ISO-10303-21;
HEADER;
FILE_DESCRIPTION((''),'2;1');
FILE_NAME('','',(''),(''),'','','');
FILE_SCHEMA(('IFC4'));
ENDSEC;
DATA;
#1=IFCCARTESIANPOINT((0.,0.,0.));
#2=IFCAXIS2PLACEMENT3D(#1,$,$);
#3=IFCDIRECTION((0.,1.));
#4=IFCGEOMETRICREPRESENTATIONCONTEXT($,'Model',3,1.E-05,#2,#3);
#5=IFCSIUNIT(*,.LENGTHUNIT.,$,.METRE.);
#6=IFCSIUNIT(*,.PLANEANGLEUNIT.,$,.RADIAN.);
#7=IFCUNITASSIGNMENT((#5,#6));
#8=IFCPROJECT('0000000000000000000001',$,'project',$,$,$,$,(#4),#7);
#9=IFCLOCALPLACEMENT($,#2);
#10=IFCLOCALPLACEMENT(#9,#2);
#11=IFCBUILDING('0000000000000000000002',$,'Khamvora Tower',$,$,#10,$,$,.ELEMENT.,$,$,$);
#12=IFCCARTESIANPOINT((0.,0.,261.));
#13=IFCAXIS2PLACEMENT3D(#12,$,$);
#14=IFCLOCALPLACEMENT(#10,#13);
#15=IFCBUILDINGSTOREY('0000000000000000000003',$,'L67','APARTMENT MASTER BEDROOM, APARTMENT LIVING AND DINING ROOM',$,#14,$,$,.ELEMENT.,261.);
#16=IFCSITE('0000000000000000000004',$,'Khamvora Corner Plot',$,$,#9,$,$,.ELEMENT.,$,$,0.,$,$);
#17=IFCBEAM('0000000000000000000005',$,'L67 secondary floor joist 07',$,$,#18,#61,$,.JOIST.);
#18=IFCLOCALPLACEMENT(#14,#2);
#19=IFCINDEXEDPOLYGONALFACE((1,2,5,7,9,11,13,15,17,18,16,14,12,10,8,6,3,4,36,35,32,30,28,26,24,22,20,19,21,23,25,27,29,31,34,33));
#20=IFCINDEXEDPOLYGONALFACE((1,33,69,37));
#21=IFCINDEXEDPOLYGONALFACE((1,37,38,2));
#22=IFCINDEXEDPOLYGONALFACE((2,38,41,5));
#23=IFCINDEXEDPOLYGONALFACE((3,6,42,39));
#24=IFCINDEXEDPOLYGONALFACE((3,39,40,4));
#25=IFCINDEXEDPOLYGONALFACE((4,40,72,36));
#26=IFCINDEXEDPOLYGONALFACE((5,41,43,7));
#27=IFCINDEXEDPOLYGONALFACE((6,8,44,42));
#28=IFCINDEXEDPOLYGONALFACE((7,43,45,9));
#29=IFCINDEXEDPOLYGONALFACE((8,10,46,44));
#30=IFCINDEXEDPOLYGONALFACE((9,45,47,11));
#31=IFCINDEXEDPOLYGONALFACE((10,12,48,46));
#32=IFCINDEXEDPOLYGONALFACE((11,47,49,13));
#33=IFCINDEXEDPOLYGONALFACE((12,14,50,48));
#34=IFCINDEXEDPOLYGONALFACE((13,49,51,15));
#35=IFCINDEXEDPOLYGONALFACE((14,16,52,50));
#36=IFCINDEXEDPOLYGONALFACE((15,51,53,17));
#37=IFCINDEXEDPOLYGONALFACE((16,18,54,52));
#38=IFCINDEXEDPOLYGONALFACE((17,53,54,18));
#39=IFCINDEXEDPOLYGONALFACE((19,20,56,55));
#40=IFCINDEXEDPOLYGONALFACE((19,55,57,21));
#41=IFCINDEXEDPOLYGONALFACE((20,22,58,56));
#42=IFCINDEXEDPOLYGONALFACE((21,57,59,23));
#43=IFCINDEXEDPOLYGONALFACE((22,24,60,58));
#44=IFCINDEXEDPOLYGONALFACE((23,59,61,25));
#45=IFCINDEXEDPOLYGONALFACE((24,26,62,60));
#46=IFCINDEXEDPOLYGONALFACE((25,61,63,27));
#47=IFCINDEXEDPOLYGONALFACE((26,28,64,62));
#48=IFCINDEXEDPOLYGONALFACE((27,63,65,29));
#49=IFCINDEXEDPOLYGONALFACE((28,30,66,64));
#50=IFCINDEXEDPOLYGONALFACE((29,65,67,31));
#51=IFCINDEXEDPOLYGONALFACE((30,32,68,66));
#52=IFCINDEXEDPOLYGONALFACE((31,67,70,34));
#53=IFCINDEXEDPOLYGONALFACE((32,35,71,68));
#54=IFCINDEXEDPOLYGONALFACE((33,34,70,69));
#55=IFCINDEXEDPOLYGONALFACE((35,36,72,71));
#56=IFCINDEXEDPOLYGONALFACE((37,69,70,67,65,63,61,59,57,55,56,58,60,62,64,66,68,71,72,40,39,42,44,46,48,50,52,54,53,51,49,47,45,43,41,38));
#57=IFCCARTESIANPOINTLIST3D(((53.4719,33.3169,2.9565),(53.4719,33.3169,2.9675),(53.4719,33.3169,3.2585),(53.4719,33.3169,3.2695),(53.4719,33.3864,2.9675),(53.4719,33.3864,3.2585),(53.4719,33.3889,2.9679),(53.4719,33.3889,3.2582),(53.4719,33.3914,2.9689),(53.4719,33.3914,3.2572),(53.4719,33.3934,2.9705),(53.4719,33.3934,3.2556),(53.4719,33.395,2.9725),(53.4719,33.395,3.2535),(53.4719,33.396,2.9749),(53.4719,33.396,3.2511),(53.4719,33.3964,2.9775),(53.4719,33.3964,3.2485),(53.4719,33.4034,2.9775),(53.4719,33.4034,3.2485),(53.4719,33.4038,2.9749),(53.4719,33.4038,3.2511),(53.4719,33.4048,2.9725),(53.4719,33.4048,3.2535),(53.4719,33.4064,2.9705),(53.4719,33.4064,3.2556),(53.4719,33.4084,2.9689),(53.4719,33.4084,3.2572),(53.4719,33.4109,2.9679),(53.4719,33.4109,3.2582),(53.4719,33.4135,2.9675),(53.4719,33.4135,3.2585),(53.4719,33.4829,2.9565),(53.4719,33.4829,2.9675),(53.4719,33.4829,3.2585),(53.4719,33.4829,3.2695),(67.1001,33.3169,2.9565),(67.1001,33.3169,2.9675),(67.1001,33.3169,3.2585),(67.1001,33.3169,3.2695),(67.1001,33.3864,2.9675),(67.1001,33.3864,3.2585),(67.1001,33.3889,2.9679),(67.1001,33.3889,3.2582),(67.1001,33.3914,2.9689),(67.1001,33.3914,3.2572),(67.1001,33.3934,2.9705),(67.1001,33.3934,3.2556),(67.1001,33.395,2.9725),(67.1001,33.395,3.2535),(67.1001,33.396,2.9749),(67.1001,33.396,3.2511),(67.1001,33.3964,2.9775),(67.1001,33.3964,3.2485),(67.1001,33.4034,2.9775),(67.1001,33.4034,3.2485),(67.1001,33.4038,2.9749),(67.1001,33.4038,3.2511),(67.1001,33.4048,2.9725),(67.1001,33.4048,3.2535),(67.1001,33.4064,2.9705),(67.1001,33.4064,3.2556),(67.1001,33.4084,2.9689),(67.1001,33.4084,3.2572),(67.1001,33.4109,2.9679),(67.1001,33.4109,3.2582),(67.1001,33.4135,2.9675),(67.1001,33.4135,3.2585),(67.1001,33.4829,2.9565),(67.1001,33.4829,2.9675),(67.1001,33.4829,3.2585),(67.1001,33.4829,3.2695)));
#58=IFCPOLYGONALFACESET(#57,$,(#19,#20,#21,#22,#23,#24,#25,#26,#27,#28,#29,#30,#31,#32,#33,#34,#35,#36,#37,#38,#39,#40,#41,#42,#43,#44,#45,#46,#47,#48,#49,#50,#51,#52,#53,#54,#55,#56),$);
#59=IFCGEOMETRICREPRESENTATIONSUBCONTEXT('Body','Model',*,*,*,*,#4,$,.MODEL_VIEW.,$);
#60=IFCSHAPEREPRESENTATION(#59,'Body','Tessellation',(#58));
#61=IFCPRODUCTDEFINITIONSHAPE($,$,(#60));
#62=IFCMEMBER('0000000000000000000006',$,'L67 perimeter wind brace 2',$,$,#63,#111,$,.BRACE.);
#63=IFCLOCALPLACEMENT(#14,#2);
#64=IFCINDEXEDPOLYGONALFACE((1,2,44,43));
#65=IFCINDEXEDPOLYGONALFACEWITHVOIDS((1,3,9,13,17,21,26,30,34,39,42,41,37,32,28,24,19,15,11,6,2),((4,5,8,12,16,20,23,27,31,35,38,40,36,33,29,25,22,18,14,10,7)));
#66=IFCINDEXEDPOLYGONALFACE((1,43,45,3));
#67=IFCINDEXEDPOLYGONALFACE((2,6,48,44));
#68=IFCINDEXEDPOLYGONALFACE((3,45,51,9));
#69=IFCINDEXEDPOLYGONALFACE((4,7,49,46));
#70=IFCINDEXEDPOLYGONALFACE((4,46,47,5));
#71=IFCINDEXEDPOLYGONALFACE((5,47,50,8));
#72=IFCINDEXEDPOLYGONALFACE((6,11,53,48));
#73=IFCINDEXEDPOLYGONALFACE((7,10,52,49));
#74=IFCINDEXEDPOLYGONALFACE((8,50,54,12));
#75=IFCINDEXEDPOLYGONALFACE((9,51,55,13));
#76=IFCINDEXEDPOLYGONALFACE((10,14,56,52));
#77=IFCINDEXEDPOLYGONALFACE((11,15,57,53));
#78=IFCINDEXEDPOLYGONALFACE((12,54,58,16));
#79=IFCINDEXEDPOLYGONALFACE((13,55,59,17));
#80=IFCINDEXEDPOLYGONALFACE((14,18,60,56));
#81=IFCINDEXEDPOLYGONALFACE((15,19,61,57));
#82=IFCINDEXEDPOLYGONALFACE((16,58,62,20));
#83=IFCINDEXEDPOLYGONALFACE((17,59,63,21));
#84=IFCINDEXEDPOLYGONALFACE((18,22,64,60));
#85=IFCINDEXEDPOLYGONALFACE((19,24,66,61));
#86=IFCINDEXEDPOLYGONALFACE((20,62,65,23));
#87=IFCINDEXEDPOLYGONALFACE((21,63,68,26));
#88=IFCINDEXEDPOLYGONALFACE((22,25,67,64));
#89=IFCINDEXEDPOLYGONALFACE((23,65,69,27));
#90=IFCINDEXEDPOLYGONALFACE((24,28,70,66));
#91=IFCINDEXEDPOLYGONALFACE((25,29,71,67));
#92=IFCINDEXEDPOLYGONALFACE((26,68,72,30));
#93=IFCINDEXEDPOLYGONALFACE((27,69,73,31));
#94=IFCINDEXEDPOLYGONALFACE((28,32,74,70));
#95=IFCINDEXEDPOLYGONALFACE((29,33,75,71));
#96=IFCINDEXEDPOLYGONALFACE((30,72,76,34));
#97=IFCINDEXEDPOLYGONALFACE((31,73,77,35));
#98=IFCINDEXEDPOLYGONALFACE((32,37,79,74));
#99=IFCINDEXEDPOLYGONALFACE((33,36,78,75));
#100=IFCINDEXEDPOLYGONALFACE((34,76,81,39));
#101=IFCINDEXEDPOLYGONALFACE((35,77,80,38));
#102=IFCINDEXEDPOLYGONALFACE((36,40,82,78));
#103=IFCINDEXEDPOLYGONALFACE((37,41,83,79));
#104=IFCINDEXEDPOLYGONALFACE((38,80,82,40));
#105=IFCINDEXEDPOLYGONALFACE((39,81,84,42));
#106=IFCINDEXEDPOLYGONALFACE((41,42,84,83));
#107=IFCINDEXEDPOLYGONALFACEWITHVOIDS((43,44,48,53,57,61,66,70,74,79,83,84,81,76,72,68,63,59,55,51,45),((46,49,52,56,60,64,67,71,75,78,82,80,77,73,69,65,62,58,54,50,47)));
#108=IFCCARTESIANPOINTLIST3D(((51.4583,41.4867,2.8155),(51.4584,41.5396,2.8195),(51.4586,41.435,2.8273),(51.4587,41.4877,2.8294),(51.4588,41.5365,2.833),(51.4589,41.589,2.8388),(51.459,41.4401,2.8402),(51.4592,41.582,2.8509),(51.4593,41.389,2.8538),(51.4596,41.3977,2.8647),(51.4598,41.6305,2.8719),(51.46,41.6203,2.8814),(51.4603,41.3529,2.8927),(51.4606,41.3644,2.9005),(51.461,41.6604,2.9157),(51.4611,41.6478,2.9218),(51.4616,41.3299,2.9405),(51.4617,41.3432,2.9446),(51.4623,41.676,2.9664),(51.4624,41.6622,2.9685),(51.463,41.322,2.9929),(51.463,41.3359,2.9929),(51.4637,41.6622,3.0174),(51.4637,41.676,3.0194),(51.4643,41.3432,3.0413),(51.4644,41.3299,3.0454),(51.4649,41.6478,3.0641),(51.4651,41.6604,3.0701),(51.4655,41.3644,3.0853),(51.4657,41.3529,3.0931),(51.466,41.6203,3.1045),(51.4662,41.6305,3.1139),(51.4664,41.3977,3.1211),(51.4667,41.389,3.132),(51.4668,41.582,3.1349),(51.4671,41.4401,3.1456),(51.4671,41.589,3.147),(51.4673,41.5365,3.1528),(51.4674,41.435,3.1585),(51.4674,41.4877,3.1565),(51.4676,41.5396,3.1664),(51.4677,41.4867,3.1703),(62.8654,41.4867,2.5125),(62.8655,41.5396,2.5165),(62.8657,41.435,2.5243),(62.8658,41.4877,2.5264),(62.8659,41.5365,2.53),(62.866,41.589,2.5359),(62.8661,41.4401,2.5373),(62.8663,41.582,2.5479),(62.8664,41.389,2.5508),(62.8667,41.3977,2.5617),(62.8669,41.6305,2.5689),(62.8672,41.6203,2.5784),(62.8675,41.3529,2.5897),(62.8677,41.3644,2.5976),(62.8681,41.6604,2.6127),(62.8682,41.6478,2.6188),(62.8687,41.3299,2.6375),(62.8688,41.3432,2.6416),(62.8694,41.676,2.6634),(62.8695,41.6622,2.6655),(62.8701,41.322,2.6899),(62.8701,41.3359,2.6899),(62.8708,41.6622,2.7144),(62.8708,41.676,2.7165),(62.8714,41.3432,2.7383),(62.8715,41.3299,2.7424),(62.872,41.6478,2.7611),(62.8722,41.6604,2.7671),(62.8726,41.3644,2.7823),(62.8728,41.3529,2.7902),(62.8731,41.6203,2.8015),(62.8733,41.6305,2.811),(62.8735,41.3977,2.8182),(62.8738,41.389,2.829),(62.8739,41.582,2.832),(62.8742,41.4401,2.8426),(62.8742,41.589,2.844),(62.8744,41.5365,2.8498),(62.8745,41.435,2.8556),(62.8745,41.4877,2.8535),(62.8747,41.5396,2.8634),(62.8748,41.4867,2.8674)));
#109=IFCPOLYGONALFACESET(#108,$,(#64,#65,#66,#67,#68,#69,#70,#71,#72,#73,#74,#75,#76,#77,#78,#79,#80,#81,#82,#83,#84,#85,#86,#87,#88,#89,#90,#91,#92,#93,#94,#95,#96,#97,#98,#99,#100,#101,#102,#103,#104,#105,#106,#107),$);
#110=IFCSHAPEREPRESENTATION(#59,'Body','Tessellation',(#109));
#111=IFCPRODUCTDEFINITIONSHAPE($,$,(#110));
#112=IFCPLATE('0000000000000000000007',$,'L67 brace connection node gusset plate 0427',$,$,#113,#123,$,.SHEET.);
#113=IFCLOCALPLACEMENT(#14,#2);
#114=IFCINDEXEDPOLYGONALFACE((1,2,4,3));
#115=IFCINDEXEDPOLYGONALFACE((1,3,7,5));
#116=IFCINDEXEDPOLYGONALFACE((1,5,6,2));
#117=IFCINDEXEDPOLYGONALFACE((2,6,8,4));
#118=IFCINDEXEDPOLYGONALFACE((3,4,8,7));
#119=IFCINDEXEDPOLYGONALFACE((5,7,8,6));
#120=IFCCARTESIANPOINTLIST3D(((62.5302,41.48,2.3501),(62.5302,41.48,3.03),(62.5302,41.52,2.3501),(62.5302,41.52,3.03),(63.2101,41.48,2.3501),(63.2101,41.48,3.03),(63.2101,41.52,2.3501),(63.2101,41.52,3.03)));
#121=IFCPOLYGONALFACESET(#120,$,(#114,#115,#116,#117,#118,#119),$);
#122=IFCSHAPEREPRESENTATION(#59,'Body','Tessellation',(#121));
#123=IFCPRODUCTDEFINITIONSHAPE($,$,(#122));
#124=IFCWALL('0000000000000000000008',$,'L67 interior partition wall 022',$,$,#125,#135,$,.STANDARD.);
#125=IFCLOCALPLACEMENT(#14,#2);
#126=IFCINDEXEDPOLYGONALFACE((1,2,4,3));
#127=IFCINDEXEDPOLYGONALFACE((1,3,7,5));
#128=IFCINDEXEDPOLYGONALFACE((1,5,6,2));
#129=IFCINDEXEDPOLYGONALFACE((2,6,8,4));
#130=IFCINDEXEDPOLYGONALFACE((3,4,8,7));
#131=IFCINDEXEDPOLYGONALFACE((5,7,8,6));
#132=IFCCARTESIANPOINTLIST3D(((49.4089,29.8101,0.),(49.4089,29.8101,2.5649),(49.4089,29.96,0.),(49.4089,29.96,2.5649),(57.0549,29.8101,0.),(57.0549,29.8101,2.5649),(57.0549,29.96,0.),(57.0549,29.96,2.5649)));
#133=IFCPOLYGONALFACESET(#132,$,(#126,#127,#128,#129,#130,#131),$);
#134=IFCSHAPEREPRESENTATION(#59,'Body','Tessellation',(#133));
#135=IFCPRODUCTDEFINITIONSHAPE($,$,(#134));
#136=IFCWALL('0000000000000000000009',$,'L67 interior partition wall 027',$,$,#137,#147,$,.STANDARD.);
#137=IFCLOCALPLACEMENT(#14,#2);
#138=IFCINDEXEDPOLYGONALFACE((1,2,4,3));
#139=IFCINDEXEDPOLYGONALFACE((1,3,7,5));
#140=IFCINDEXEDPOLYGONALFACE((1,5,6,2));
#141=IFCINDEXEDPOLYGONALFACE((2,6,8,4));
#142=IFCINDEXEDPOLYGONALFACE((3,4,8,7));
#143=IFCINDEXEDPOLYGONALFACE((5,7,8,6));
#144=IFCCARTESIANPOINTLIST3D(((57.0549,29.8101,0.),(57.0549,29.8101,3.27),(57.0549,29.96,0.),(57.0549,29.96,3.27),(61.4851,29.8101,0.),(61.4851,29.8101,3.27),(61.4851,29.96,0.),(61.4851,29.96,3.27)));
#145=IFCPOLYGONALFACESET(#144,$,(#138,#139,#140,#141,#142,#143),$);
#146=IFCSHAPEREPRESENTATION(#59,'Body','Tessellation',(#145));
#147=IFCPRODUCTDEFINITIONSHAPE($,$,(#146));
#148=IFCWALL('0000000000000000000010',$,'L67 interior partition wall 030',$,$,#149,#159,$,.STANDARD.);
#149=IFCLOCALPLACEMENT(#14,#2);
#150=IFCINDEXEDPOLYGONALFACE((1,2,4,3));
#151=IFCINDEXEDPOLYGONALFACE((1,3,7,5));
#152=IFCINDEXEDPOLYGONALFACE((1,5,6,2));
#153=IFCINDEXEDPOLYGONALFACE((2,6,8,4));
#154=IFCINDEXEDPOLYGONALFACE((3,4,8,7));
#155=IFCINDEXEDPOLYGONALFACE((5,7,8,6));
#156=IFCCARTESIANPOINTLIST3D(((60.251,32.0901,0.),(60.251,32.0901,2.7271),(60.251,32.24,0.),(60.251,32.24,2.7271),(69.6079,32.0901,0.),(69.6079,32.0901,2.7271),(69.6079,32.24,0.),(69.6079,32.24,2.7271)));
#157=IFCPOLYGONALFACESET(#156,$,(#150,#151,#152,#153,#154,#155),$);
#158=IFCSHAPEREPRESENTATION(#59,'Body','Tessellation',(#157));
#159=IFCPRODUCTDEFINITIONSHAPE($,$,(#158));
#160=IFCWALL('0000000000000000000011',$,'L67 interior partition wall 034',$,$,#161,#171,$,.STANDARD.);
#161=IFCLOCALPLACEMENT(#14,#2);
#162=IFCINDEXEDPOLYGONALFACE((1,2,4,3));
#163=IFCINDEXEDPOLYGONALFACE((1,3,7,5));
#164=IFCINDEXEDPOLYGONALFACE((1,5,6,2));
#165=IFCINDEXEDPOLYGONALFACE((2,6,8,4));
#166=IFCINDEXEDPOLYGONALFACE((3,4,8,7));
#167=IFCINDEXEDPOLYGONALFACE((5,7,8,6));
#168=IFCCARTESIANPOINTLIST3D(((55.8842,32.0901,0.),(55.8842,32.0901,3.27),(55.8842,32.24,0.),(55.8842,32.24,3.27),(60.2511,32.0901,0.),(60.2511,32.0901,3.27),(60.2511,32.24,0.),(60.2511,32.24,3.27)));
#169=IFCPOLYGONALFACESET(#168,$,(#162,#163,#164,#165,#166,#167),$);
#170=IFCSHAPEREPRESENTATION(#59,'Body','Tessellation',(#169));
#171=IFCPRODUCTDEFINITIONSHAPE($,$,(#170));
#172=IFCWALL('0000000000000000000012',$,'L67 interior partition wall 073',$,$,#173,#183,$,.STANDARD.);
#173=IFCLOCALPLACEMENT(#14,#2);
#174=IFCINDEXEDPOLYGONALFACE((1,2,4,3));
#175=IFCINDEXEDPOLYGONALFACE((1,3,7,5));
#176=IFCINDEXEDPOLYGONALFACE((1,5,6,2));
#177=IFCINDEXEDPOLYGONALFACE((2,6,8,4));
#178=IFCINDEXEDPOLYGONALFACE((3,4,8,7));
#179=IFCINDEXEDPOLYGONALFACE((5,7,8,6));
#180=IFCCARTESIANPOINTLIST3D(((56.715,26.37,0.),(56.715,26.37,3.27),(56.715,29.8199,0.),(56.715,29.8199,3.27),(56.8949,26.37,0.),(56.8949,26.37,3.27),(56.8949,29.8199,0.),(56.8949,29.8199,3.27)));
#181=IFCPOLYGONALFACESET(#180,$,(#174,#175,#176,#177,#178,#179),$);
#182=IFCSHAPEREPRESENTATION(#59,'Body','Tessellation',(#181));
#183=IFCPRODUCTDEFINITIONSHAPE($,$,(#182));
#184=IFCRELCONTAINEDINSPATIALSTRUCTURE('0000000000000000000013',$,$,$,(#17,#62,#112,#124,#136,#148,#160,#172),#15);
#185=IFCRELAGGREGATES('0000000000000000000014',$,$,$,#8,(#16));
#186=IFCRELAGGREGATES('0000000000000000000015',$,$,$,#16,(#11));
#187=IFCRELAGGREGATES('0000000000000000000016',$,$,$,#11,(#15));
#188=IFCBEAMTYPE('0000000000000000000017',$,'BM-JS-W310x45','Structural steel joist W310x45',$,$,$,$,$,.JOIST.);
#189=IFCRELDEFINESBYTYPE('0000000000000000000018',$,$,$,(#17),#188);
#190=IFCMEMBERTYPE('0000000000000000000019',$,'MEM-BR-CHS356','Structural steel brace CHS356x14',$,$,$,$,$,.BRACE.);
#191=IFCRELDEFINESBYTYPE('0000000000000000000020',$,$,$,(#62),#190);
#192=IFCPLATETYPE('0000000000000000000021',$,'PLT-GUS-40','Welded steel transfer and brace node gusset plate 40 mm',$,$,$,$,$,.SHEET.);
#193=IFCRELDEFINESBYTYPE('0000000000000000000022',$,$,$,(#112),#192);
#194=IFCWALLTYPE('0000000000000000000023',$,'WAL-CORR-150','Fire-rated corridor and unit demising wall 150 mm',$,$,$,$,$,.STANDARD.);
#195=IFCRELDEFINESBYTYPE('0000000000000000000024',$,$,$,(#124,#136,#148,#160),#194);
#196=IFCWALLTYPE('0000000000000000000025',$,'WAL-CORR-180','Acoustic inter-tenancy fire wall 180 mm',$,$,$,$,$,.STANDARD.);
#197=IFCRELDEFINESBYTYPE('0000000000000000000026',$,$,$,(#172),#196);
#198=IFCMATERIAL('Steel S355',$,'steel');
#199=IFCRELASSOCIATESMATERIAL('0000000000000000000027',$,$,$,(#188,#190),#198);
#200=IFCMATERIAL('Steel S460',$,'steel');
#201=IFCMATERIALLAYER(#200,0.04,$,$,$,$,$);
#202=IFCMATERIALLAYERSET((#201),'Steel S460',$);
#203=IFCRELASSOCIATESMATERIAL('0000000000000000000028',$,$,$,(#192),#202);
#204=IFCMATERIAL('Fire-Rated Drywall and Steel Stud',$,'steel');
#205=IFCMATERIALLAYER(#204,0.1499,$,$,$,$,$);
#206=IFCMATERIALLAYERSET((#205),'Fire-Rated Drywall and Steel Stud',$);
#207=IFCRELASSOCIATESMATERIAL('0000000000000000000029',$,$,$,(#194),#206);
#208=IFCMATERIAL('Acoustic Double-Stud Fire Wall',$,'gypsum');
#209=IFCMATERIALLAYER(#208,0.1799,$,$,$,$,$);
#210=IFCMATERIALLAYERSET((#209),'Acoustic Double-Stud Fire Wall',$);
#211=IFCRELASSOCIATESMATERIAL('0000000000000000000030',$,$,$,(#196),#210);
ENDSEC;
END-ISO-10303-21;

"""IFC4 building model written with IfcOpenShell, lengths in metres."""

from ifc_helpers import new_model, si_unit, direction, frame, frame_2d, origin, origin_2d, place, context, subcontext, project, spatial, rectangle, hollow_circle, i_section, extrude, material, layer, layer_set, material_profile, profile_set, type_object, element, save


model = new_model("IFC4")

# Units and contexts
model_context = context("Model", 3, precision=1e-05, world=origin(), true_north=direction((0.0, 1.0)))
body_context = subcontext(model_context, "Body", "Model", "MODEL_VIEW")
ifc_project = project(units=[si_unit("LENGTHUNIT", "METRE"), si_unit("PLANEANGLEUNIT", "RADIAN")], contexts=[model_context])

# Site, building, storey
site_placement = place(None, origin())
site = spatial("IfcSite", under=ifc_project, at=site_placement, Name="Khamvora Corner Plot", CompositionType="ELEMENT", RefElevation=0.0)
building_placement = place(site_placement, origin())
building = spatial("IfcBuilding", under=site, at=building_placement, Name="Khamvora Tower", CompositionType="ELEMENT")
storey_placement = place(building_placement, frame((0.0, 0.0, 261.0)))
storey = spatial("IfcBuildingStorey", under=building, at=storey_placement, Name="L67", Description="APARTMENT MASTER BEDROOM, APARTMENT LIVING AND DINING ROOM", CompositionType="ELEMENT", Elevation=261.0)

# Beam
ifc_material_1 = material(Name="Steel S355", Category="steel")
ifc_material_profile_1 = material_profile(ifc_material_1, i_section(OverallWidth=0.166, OverallDepth=0.313, WebThickness=0.0071, FlangeThickness=0.011, FilletRadius=0.01, at=origin_2d()), Name="W310x45")
ifc_profile_set_1 = profile_set([ifc_material_profile_1], Name="Steel S355")
beam_type = type_object("IfcBeamType", Name="BM-JS-W310x45", Description="Structural steel joist W310x45", PredefinedType="JOIST", material=ifc_profile_set_1)
beam_placement = place(storey_placement, frame((53.4719, 33.3999, 3.113), z_axis=(1.0, 0.0, 0.0), x_axis=(0.0, 1.0, 0.0)))
element("IfcBeam", 1, at=beam_placement, inside=storey, type_object=beam_type, Name="L67 secondary floor joist 07", PredefinedType="JOIST", context=body_context, shape_type="SweptSolid", body=[
    extrude(i_section(OverallWidth=0.166, OverallDepth=0.313, WebThickness=0.0071, FlangeThickness=0.011, FilletRadius=0.01, at=origin_2d()), origin(), (0.0, 0.0, 1.0), 13.6282),
])

# Member
ifc_material_profile_2 = material_profile(ifc_material_1, hollow_circle(Radius=0.178, WallThickness=0.0139, at=origin_2d()), Name="CHS356x14")
ifc_profile_set_2 = profile_set([ifc_material_profile_2], Name="Steel S355")
member_type = type_object("IfcMemberType", Name="MEM-BR-CHS356", Description="Structural steel brace CHS356x14", PredefinedType="BRACE", material=ifc_profile_set_2)
member_placement = place(storey_placement, frame((62.8701, 41.5, 2.6899), z_axis=(-0.999647, 0.0, 0.026551), x_axis=(0.0, -1.0, 0.0)))
element("IfcMember", 2, at=member_placement, inside=storey, type_object=member_type, Name="L67 perimeter wind brace 2", PredefinedType="BRACE", context=body_context, shape_type="SweptSolid", body=[
    extrude(hollow_circle(Radius=0.178, WallThickness=0.0139, at=origin_2d()), origin(), (0.0, 0.0, 1.0), 11.4111),
])

# Plate
ifc_material_2 = material(Name="Steel S460", Category="steel")
ifc_layer_1 = layer(ifc_material_2, 0.04)
ifc_layer_set_1 = layer_set([ifc_layer_1], Name="Steel S460")
plate_type = type_object("IfcPlateType", Name="PLT-GUS-40", Description="Welded steel transfer and brace node gusset plate 40 mm", PredefinedType="SHEET", material=ifc_layer_set_1)
plate_placement = place(storey_placement, frame((62.8701, 41.5, 2.3501), z_axis=(0.0, 0.0, 1.0), x_axis=(1.0, 0.0, 0.0)))
element("IfcPlate", 3, at=plate_placement, inside=storey, type_object=plate_type, Name="L67 brace connection node gusset plate 0427", PredefinedType="SHEET", context=body_context, shape_type="SweptSolid", body=[
    extrude(rectangle(XDim=0.6799, YDim=0.04, at=origin_2d()), origin(), (0.0, 0.0, 1.0), 0.6799),
])

# Walls
ifc_material_3 = material(Name="Fire-Rated Drywall and Steel Stud", Category="steel")
ifc_layer_2 = layer(ifc_material_3, 0.1499)
ifc_layer_set_2 = layer_set([ifc_layer_2], Name="Fire-Rated Drywall and Steel Stud")
wall_type_1 = type_object("IfcWallType", Name="WAL-CORR-150", Description="Fire-rated corridor and unit demising wall 150 mm", PredefinedType="STANDARD", material=ifc_layer_set_2)
wall_1_placement = place(storey_placement, frame((57.0549, 29.885, 0.0), z_axis=(0.0, 0.0, 1.0), x_axis=(-1.0, 0.0, 0.0)))
element("IfcWall", 4, at=wall_1_placement, inside=storey, type_object=wall_type_1, Name="L67 interior partition wall 022", PredefinedType="STANDARD", context=body_context, shape_type="SweptSolid", body=[
    extrude(rectangle(XDim=7.646, YDim=0.1499, at=frame_2d((3.823, 0.0))), origin(), (0.0, 0.0, 1.0), 2.5649),
])
wall_2_placement = place(storey_placement, frame((61.4851, 29.885, 0.0), z_axis=(0.0, 0.0, 1.0), x_axis=(-1.0, 0.0, 0.0)))
element("IfcWall", 5, at=wall_2_placement, inside=storey, type_object=wall_type_1, Name="L67 interior partition wall 027", PredefinedType="STANDARD", context=body_context, shape_type="SweptSolid", body=[
    extrude(rectangle(XDim=4.4302, YDim=0.1499, at=frame_2d((2.2151, 0.0))), origin(), (0.0, 0.0, 1.0), 3.27),
])
wall_3_placement = place(storey_placement, frame((60.251, 32.165, 0.0), z_axis=(0.0, 0.0, 1.0), x_axis=(1.0, 0.0, 0.0)))
element("IfcWall", 6, at=wall_3_placement, inside=storey, type_object=wall_type_1, Name="L67 interior partition wall 030", PredefinedType="STANDARD", context=body_context, shape_type="SweptSolid", body=[
    extrude(rectangle(XDim=9.3569, YDim=0.1499, at=frame_2d((4.6785, 0.0))), origin(), (0.0, 0.0, 1.0), 2.7271),
])
wall_4_placement = place(storey_placement, frame((55.884, 32.165, 0.0), z_axis=(0.0, 0.0, 1.0), x_axis=(1.0, 0.0, 0.0)))
element("IfcWall", 7, at=wall_4_placement, inside=storey, type_object=wall_type_1, Name="L67 interior partition wall 034", PredefinedType="STANDARD", context=body_context, shape_type="SweptSolid", body=[
    extrude(rectangle(XDim=4.3669, YDim=0.1499, at=frame_2d((2.1836, 0.0))), origin(), (0.0, 0.0, 1.0), 3.27),
])
ifc_material_4 = material(Name="Acoustic Double-Stud Fire Wall", Category="gypsum")
ifc_layer_3 = layer(ifc_material_4, 0.1799)
ifc_layer_set_3 = layer_set([ifc_layer_3], Name="Acoustic Double-Stud Fire Wall")
wall_type_2 = type_object("IfcWallType", Name="WAL-CORR-180", Description="Acoustic inter-tenancy fire wall 180 mm", PredefinedType="STANDARD", material=ifc_layer_set_3)
wall_5_placement = place(storey_placement, frame((56.8049, 29.8201, 0.0), z_axis=(0.0, 0.0, 1.0), x_axis=(0.0, -1.0, 0.0)))
element("IfcWall", 8, at=wall_5_placement, inside=storey, type_object=wall_type_2, Name="L67 interior partition wall 073", PredefinedType="STANDARD", context=body_context, shape_type="SweptSolid", body=[
    extrude(rectangle(XDim=3.45, YDim=0.1799, at=frame_2d((1.7251, 0.0))), origin(), (0.0, 0.0, 1.0), 3.27),
])

save(model, "model.ifc")
